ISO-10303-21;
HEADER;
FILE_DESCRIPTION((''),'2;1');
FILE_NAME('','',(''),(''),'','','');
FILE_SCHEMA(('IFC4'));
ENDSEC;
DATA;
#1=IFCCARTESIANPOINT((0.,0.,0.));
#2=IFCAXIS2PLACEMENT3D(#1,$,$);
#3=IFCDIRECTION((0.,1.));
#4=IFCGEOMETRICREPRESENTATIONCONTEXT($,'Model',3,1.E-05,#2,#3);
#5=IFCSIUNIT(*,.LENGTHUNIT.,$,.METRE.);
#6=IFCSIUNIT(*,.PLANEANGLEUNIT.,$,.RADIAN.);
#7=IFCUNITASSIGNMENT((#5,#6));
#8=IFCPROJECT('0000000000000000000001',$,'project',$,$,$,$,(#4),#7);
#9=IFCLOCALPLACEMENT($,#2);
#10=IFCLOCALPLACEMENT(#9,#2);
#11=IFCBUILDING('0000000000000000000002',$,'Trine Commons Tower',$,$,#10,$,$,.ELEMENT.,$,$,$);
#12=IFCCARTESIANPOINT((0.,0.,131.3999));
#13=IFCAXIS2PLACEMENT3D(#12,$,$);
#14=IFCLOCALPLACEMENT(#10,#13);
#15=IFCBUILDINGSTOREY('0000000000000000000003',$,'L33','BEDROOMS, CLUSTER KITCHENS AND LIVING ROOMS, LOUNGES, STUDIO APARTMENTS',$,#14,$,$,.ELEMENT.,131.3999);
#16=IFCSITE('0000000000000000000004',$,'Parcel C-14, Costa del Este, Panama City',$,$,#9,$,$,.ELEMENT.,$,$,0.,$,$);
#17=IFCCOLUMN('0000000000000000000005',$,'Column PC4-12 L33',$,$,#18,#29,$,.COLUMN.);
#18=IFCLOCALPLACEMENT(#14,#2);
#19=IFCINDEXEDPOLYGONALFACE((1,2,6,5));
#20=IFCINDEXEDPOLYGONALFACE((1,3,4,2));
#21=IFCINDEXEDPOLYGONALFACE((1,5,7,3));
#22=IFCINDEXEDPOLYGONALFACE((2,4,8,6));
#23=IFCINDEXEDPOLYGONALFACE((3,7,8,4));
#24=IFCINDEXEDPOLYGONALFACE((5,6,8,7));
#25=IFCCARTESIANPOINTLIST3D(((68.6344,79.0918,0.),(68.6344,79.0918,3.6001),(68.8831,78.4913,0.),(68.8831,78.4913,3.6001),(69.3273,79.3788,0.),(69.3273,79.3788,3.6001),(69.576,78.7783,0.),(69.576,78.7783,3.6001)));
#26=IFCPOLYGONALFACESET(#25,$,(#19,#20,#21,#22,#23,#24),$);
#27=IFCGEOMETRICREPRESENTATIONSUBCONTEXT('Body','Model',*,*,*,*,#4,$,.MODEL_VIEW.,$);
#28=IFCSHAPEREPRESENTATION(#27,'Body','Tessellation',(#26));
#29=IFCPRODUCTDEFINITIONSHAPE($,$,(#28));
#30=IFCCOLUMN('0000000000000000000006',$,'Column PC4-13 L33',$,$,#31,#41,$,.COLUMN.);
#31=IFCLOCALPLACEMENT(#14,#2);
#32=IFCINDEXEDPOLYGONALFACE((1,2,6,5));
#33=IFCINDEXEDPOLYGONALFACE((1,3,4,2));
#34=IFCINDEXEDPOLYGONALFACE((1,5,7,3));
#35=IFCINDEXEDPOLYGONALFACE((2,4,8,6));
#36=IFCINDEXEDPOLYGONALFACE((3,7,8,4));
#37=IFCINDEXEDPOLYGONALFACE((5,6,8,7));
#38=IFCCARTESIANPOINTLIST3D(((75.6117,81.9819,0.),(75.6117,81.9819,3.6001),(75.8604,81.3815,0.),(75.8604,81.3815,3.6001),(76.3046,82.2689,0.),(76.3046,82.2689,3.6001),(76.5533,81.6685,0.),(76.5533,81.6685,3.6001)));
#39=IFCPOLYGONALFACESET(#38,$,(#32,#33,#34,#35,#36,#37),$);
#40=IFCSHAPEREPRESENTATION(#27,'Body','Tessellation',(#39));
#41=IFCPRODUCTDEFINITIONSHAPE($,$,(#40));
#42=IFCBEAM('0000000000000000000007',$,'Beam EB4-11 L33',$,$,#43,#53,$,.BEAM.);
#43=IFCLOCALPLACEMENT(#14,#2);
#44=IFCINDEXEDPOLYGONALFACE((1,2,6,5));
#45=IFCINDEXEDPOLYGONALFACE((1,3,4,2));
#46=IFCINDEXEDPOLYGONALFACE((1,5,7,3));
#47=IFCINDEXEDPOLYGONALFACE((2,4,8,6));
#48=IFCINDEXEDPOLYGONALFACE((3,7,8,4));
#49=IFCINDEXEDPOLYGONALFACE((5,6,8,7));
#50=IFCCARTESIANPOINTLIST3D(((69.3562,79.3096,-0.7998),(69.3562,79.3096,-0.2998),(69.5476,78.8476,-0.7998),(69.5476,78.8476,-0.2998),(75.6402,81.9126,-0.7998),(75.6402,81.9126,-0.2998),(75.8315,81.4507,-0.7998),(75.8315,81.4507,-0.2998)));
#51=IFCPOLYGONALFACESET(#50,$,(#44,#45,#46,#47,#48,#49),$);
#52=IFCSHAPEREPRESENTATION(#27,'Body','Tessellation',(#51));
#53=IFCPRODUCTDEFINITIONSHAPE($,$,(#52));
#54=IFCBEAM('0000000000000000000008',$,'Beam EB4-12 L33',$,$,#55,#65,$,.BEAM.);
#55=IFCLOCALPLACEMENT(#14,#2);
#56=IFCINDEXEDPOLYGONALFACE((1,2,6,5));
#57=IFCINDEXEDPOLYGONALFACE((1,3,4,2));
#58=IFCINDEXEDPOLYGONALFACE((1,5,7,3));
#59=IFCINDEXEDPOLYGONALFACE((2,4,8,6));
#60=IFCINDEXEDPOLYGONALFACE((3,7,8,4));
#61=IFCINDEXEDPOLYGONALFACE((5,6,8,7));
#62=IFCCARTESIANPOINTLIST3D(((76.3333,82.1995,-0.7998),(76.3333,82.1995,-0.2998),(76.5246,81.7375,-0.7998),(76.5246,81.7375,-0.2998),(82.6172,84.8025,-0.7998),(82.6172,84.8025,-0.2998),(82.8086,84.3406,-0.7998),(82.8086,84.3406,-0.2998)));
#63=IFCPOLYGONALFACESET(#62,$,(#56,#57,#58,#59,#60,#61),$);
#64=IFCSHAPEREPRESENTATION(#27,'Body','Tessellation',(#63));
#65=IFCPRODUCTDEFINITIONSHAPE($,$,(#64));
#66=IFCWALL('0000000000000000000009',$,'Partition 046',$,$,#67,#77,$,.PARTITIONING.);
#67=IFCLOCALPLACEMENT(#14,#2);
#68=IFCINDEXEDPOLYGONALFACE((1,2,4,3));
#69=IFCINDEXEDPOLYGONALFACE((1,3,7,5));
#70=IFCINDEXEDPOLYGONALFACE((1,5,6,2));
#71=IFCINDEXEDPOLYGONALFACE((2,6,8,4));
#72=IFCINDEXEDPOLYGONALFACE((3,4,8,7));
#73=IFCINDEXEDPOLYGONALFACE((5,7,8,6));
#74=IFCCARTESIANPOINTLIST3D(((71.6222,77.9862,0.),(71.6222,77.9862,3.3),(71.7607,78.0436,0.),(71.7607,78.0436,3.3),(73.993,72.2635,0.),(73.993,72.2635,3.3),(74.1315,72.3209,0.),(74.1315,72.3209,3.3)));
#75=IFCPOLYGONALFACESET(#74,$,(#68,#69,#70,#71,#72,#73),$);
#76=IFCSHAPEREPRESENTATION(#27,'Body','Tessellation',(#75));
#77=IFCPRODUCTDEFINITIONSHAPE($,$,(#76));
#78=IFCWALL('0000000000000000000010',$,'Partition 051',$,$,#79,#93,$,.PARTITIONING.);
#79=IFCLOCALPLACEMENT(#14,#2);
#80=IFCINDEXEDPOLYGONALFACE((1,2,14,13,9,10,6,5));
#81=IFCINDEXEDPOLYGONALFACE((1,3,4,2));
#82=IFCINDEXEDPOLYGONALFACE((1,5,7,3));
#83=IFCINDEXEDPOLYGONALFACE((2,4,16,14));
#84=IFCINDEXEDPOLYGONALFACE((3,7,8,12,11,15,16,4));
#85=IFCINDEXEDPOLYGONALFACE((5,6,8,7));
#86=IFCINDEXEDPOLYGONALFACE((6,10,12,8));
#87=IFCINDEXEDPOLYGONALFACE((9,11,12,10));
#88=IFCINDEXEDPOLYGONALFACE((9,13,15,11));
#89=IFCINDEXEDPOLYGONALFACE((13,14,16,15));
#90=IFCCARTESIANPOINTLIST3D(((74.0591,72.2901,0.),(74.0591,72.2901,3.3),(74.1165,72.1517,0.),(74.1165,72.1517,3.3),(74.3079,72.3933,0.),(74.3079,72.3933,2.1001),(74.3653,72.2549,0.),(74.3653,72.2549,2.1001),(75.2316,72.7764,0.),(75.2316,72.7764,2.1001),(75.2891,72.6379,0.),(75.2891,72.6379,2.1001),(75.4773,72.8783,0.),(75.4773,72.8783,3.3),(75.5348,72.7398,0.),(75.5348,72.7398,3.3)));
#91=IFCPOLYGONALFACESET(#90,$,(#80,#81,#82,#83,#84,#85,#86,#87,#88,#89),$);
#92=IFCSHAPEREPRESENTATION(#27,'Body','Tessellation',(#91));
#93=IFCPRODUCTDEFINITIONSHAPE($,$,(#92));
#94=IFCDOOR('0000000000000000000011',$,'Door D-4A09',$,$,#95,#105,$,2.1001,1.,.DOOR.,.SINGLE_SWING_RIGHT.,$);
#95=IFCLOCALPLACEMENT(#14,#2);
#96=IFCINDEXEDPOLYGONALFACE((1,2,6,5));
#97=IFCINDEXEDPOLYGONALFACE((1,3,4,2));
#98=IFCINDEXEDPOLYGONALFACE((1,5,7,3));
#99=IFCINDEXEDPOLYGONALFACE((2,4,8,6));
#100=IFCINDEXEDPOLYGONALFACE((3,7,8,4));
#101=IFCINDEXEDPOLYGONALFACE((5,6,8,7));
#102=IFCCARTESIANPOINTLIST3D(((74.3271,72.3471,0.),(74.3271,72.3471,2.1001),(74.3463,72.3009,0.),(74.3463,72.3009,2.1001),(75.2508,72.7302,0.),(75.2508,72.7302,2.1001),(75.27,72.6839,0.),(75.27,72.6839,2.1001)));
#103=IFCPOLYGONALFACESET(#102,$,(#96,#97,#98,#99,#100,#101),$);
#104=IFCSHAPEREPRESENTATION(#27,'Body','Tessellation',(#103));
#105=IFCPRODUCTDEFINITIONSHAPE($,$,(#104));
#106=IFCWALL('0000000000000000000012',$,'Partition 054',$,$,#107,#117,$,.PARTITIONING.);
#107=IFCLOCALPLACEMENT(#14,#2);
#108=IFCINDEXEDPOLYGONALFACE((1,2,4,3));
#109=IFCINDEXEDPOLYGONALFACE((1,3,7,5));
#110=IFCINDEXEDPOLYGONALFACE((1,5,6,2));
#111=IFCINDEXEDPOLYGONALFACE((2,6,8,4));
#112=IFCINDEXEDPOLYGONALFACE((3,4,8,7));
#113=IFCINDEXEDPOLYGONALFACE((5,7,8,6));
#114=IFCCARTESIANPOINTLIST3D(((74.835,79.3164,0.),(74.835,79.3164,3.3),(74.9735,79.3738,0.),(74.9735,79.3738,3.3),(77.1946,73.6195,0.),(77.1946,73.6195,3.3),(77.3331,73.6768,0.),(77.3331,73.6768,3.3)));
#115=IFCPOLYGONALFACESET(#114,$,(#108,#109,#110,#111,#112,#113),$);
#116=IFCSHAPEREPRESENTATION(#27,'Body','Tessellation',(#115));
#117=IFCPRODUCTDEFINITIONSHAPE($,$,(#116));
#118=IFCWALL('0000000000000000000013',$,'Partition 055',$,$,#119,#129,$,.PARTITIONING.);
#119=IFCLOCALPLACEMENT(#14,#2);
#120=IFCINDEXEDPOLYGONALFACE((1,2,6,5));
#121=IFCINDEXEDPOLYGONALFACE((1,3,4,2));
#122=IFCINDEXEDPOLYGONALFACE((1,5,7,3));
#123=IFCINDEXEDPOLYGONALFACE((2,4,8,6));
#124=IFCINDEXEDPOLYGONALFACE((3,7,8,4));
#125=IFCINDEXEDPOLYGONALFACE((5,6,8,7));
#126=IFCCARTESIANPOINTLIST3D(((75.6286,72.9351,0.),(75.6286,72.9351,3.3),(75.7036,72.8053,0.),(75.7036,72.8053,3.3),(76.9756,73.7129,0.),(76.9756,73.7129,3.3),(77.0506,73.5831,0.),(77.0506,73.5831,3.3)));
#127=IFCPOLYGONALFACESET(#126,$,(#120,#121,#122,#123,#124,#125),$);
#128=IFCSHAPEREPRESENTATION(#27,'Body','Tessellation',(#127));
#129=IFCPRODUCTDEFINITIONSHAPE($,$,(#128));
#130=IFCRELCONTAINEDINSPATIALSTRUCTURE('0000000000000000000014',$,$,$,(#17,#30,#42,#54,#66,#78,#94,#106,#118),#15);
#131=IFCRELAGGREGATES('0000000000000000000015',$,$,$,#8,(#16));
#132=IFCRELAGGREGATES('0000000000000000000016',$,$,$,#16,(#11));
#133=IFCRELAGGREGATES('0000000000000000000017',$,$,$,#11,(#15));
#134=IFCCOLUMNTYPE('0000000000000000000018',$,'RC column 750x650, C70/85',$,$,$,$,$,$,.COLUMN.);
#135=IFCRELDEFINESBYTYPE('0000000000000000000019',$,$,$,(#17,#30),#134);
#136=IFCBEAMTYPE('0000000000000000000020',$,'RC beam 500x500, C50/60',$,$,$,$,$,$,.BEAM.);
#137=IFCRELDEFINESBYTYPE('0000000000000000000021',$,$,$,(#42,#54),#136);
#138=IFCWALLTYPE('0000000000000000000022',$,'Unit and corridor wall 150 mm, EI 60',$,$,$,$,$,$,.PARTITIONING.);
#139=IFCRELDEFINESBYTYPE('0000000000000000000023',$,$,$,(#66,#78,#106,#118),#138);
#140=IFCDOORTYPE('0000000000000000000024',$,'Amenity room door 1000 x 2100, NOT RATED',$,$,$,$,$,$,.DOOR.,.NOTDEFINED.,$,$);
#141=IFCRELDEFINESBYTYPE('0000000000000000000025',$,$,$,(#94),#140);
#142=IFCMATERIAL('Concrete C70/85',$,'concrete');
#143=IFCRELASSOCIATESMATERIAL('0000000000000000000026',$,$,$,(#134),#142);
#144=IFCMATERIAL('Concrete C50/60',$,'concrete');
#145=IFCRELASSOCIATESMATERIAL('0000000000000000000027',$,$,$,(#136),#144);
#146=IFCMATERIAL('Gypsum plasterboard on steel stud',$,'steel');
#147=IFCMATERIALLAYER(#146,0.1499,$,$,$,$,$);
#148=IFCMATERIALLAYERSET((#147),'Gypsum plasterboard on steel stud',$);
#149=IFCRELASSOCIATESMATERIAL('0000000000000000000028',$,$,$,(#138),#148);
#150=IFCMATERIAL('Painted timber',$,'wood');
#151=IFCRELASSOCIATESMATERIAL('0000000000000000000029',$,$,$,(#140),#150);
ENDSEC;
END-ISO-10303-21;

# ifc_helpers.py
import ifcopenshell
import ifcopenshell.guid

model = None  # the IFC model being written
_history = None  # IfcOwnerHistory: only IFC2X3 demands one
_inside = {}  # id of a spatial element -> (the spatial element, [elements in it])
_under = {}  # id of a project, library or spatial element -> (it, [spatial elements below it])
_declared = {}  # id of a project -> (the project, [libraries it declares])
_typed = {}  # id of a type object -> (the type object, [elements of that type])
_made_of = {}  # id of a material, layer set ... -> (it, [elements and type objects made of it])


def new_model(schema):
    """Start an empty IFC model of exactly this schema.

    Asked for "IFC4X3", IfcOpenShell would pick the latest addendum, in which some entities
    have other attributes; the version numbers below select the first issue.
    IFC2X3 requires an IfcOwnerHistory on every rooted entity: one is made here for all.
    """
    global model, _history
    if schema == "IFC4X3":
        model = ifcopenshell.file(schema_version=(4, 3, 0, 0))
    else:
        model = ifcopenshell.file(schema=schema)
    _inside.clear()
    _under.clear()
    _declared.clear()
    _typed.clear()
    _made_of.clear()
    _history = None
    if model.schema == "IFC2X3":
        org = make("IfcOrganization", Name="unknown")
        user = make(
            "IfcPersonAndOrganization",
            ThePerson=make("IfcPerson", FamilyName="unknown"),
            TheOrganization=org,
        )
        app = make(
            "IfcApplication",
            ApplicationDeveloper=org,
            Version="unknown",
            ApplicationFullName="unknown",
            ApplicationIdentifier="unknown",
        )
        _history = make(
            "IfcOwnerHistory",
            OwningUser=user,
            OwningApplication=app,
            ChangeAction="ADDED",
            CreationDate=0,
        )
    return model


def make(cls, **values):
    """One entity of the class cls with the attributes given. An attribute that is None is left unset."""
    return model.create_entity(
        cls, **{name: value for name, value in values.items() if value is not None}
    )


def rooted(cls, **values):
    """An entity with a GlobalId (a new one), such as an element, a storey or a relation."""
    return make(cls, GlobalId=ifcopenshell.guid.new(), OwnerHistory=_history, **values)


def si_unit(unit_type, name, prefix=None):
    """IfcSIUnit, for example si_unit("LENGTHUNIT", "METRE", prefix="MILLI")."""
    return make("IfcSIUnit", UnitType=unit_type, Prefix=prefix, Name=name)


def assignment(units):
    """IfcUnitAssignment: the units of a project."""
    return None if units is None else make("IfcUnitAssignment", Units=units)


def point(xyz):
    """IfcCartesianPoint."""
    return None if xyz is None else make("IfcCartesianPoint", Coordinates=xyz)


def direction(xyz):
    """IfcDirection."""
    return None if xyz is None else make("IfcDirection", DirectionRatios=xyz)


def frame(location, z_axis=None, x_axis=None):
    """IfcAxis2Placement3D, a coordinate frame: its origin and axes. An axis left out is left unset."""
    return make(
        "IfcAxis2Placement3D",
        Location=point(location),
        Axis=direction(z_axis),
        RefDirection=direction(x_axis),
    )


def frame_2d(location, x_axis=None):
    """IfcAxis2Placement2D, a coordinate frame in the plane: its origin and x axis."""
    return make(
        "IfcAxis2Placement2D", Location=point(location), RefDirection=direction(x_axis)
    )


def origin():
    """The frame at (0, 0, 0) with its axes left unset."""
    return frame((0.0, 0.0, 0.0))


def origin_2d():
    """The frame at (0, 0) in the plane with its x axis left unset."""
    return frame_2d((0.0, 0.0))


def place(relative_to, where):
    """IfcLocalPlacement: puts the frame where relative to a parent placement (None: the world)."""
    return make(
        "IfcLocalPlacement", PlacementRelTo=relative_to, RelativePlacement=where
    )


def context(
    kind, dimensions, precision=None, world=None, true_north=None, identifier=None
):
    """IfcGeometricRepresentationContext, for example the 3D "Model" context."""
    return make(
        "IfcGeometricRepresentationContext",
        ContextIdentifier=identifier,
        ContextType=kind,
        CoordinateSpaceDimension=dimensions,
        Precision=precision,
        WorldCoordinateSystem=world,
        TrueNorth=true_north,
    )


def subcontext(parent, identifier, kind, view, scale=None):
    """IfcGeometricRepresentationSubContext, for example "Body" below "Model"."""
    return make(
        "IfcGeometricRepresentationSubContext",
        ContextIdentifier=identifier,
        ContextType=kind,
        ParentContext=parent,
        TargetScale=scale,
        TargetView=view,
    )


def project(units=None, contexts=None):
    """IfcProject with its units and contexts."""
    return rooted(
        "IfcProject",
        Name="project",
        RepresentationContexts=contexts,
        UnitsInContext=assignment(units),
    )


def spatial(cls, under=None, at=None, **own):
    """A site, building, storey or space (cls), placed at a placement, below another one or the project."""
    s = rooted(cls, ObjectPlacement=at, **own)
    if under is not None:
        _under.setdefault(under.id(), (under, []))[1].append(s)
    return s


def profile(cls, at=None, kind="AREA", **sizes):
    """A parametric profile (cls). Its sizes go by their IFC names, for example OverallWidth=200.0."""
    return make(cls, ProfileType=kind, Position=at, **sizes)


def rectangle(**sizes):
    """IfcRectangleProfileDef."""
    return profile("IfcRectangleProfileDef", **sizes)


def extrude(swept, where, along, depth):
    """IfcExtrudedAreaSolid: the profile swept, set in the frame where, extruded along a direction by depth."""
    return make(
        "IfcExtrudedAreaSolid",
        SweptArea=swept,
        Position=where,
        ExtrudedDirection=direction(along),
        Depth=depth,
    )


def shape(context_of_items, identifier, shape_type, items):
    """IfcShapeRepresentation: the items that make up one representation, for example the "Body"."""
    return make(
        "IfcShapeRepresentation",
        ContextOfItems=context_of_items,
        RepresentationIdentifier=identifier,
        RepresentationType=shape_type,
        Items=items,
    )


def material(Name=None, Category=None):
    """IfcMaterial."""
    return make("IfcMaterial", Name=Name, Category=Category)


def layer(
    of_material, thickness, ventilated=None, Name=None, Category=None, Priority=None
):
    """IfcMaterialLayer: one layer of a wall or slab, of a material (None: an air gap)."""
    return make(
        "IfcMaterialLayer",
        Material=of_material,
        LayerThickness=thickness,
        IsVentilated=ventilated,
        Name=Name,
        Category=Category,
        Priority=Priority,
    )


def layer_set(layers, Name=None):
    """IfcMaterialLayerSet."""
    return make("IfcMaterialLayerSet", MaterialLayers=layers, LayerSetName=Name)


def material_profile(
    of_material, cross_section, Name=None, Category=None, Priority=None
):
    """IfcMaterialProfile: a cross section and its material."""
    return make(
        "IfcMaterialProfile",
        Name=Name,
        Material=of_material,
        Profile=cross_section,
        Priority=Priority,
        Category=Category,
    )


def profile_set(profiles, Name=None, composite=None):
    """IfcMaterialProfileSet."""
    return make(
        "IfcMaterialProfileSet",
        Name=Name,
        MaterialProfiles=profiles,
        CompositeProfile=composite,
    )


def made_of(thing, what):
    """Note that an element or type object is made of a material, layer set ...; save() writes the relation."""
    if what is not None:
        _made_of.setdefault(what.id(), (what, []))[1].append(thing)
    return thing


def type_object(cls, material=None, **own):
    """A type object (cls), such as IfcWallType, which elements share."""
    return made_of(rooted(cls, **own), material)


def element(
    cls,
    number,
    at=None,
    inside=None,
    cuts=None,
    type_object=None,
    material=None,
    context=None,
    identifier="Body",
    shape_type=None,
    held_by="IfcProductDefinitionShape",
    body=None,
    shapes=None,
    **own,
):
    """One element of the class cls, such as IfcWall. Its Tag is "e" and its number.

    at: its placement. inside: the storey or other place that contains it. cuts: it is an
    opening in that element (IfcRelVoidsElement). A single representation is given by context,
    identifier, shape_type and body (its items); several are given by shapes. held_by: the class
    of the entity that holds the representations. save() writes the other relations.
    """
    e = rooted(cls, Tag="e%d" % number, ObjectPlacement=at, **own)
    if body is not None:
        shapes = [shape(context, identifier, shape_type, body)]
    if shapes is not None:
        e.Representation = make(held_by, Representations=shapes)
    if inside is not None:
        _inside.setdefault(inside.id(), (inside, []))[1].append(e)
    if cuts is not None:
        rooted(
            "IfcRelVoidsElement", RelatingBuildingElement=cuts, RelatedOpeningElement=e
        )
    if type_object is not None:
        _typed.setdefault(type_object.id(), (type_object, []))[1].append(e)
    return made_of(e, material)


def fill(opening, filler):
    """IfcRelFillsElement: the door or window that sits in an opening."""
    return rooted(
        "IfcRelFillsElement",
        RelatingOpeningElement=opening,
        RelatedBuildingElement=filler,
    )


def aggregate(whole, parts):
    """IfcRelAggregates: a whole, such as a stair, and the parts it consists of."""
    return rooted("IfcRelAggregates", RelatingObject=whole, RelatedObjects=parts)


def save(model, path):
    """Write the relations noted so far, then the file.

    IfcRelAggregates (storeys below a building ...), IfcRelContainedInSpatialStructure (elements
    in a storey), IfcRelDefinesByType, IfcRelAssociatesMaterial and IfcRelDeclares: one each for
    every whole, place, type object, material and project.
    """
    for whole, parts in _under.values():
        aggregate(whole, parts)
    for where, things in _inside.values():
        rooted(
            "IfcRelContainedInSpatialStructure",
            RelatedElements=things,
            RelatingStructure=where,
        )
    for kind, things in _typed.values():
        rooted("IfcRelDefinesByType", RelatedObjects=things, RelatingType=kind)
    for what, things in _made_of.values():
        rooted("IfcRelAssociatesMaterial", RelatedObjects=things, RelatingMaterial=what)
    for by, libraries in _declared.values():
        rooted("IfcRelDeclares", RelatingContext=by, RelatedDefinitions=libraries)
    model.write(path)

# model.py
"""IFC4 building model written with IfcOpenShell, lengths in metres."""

from ifc_helpers import new_model, si_unit, direction, frame, frame_2d, origin, origin_2d, place, context, subcontext, project, spatial, rectangle, extrude, material, layer, layer_set, material_profile, profile_set, type_object, element, fill, save


model = new_model("IFC4")

# Units and contexts
model_context = context("Model", 3, precision=1e-05, world=origin(), true_north=direction((0.0, 1.0)))
body_context = subcontext(model_context, "Body", "Model", "MODEL_VIEW")
ifc_project = project(units=[si_unit("LENGTHUNIT", "METRE"), si_unit("PLANEANGLEUNIT", "RADIAN")], contexts=[model_context])

# Site, building, storey
site_placement = place(None, origin())
site = spatial("IfcSite", under=ifc_project, at=site_placement, Name="Parcel C-14, Costa del Este, Panama City", CompositionType="ELEMENT", RefElevation=0.0)
building_placement = place(site_placement, origin())
building = spatial("IfcBuilding", under=site, at=building_placement, Name="Trine Commons Tower", CompositionType="ELEMENT")
storey_placement = place(building_placement, frame((0.0, 0.0, 131.3999)))
storey = spatial("IfcBuildingStorey", under=building, at=storey_placement, Name="L33", Description="BEDROOMS, CLUSTER KITCHENS AND LIVING ROOMS, LOUNGES, STUDIO APARTMENTS", CompositionType="ELEMENT", Elevation=131.3999)

# Columns
ifc_material_1 = material(Name="Concrete C70/85", Category="concrete")
ifc_material_profile_1 = material_profile(ifc_material_1, rectangle(XDim=0.75, YDim=0.6499, at=origin_2d()), Name="RC 750x650")
ifc_profile_set_1 = profile_set([ifc_material_profile_1], Name="Concrete C70/85")
column_type = type_object("IfcColumnType", Name="RC column 750x650, C70/85", PredefinedType="COLUMN", material=ifc_profile_set_1)
for number, where, z_axis, x_axis, name in (
    (1, (69.1052, 78.9351, 0.0), (0.0, 0.0, 1.0), (0.92388, 0.382683, 0.0), "Column PC4-12 L33"),
    (2, (76.0825, 81.8252, 0.0), (0.0, 0.0, 1.0), (0.92388, 0.382683, 0.0), "Column PC4-13 L33"),
):
    element("IfcColumn", number, at=place(storey_placement, frame(where, z_axis=z_axis, x_axis=x_axis)), inside=storey, type_object=column_type, Name=name, PredefinedType="COLUMN", context=body_context, shape_type="SweptSolid", body=[
        extrude(rectangle(XDim=0.75, YDim=0.6499, at=origin_2d()), origin(), (0.0, 0.0, 1.0), 3.6001),
    ])

# Beams
ifc_material_2 = material(Name="Concrete C50/60", Category="concrete")
ifc_material_profile_2 = material_profile(ifc_material_2, rectangle(XDim=0.5, YDim=0.5, at=origin_2d()), Name="RC 500x500")
ifc_profile_set_2 = profile_set([ifc_material_profile_2], Name="Concrete C50/60")
beam_type = type_object("IfcBeamType", Name="RC beam 500x500, C50/60", PredefinedType="BEAM", material=ifc_profile_set_2)
for number, where, z_axis, x_axis, name in (
    (3, (69.4519, 79.0786, -0.5498), (0.923872, 0.382701, 0.0), (-0.382701, 0.923872, 0.0), "Beam EB4-11 L33"),
    (4, (76.429, 81.9685, -0.5498), (0.923872, 0.382701, 0.0), (-0.382701, 0.923872, 0.0), "Beam EB4-12 L33"),
):
    element("IfcBeam", number, at=place(storey_placement, frame(where, z_axis=z_axis, x_axis=x_axis)), inside=storey, type_object=beam_type, Name=name, PredefinedType="BEAM", context=body_context, shape_type="SweptSolid", body=[
        extrude(rectangle(XDim=0.5, YDim=0.5, at=origin_2d()), origin(), (0.0, 0.0, 1.0), 6.8018),
    ])

# Wall
ifc_material_3 = material(Name="Gypsum plasterboard on steel stud", Category="steel")
ifc_layer_1 = layer(ifc_material_3, 0.1499)
ifc_layer_set_1 = layer_set([ifc_layer_1], Name="Gypsum plasterboard on steel stud")
wall_type_1 = type_object("IfcWallType", Name="Unit and corridor wall 150 mm, EI 60", PredefinedType="PARTITIONING", material=ifc_layer_set_1)
wall_1_placement = place(storey_placement, frame((71.6914, 78.0149, 0.0), z_axis=(0.0, 0.0, 1.0), x_axis=(0.382745, -0.923854, 0.0)))
element("IfcWall", 5, at=wall_1_placement, inside=storey, type_object=wall_type_1, Name="Partition 046", PredefinedType="PARTITIONING", context=body_context, shape_type="SweptSolid", body=[
    extrude(rectangle(XDim=6.1943, YDim=0.1499, at=frame_2d((3.0972, 0.0))), origin(), (0.0, 0.0, 1.0), 3.3),
])

# Wall, opening, door
wall_2_placement = place(storey_placement, frame((74.0879, 72.2209, 0.0), z_axis=(0.0, 0.0, 1.0), x_axis=(0.92372, 0.383068, 0.0)))
wall_2 = element("IfcWall", 6, at=wall_2_placement, inside=storey, type_object=wall_type_1, Name="Partition 051", PredefinedType="PARTITIONING", context=body_context, shape_type="SweptSolid", body=[
    extrude(rectangle(XDim=1.5354, YDim=0.1499, at=frame_2d((0.7676, 0.0))), origin(), (0.0, 0.0, 1.0), 3.3),
])
opening_1_placement = place(wall_2_placement, frame((0.2693, 0.0, 0.0)))
opening_1 = element("IfcOpeningElement", 7, at=opening_1_placement, cuts=wall_2, PredefinedType="OPENING", context=body_context, shape_type="SweptSolid", body=[
    extrude(rectangle(XDim=1.0, YDim=2.1001, at=frame_2d((0.5, 1.05))), frame((0.0, 0.085, 0.0), z_axis=(0.0, -1.0, 0.0), x_axis=(1.0, 0.0, 0.0)), (0.0, 0.0, 1.0), 0.1699),
])
ifc_material_4 = material(Name="Painted timber", Category="wood")
door_type_1 = type_object("IfcDoorType", Name="Amenity room door 1000 x 2100, NOT RATED", OperationType="NOTDEFINED", PredefinedType="DOOR", material=ifc_material_4)
door_1_placement = place(opening_1_placement, origin())
door_1 = element("IfcDoor", 8, at=door_1_placement, inside=storey, type_object=door_type_1, Name="Door D-4A09", OperationType="SINGLE_SWING_RIGHT", OverallHeight=2.1001, OverallWidth=1.0, PredefinedType="DOOR", context=body_context, shape_type="SweptSolid", body=[
    extrude(rectangle(XDim=1.0, YDim=2.1001, at=frame_2d((0.5, 1.05))), frame((0.0, 0.0249, 0.0), z_axis=(0.0, -1.0, 0.0), x_axis=(1.0, 0.0, 0.0)), (0.0, 0.0, 1.0), 0.05),
])
fill(opening_1, door_1)

# Walls
wall_3_placement = place(storey_placement, frame((74.9043, 79.345, 0.0), z_axis=(0.0, 0.0, 1.0), x_axis=(0.382661, -0.923889, 0.0)))
element("IfcWall", 9, at=wall_3_placement, inside=storey, type_object=wall_type_1, Name="Partition 054", PredefinedType="PARTITIONING", context=body_context, shape_type="SweptSolid", body=[
    extrude(rectangle(XDim=6.1663, YDim=0.1499, at=frame_2d((3.083, 0.0))), origin(), (0.0, 0.0, 1.0), 3.3),
])
wall_4_placement = place(storey_placement, frame((75.666, 72.8701, 0.0), z_axis=(0.0, 0.0, 1.0), x_axis=(0.865974, 0.500089, 0.0)))
element("IfcWall", 10, at=wall_4_placement, inside=storey, type_object=wall_type_1, Name="Partition 055", PredefinedType="PARTITIONING", context=body_context, shape_type="SweptSolid", body=[
    extrude(rectangle(XDim=1.5554, YDim=0.1499, at=frame_2d((0.7778, 0.0))), origin(), (0.0, 0.0, 1.0), 3.3),
])

save(model, "model.ifc")
